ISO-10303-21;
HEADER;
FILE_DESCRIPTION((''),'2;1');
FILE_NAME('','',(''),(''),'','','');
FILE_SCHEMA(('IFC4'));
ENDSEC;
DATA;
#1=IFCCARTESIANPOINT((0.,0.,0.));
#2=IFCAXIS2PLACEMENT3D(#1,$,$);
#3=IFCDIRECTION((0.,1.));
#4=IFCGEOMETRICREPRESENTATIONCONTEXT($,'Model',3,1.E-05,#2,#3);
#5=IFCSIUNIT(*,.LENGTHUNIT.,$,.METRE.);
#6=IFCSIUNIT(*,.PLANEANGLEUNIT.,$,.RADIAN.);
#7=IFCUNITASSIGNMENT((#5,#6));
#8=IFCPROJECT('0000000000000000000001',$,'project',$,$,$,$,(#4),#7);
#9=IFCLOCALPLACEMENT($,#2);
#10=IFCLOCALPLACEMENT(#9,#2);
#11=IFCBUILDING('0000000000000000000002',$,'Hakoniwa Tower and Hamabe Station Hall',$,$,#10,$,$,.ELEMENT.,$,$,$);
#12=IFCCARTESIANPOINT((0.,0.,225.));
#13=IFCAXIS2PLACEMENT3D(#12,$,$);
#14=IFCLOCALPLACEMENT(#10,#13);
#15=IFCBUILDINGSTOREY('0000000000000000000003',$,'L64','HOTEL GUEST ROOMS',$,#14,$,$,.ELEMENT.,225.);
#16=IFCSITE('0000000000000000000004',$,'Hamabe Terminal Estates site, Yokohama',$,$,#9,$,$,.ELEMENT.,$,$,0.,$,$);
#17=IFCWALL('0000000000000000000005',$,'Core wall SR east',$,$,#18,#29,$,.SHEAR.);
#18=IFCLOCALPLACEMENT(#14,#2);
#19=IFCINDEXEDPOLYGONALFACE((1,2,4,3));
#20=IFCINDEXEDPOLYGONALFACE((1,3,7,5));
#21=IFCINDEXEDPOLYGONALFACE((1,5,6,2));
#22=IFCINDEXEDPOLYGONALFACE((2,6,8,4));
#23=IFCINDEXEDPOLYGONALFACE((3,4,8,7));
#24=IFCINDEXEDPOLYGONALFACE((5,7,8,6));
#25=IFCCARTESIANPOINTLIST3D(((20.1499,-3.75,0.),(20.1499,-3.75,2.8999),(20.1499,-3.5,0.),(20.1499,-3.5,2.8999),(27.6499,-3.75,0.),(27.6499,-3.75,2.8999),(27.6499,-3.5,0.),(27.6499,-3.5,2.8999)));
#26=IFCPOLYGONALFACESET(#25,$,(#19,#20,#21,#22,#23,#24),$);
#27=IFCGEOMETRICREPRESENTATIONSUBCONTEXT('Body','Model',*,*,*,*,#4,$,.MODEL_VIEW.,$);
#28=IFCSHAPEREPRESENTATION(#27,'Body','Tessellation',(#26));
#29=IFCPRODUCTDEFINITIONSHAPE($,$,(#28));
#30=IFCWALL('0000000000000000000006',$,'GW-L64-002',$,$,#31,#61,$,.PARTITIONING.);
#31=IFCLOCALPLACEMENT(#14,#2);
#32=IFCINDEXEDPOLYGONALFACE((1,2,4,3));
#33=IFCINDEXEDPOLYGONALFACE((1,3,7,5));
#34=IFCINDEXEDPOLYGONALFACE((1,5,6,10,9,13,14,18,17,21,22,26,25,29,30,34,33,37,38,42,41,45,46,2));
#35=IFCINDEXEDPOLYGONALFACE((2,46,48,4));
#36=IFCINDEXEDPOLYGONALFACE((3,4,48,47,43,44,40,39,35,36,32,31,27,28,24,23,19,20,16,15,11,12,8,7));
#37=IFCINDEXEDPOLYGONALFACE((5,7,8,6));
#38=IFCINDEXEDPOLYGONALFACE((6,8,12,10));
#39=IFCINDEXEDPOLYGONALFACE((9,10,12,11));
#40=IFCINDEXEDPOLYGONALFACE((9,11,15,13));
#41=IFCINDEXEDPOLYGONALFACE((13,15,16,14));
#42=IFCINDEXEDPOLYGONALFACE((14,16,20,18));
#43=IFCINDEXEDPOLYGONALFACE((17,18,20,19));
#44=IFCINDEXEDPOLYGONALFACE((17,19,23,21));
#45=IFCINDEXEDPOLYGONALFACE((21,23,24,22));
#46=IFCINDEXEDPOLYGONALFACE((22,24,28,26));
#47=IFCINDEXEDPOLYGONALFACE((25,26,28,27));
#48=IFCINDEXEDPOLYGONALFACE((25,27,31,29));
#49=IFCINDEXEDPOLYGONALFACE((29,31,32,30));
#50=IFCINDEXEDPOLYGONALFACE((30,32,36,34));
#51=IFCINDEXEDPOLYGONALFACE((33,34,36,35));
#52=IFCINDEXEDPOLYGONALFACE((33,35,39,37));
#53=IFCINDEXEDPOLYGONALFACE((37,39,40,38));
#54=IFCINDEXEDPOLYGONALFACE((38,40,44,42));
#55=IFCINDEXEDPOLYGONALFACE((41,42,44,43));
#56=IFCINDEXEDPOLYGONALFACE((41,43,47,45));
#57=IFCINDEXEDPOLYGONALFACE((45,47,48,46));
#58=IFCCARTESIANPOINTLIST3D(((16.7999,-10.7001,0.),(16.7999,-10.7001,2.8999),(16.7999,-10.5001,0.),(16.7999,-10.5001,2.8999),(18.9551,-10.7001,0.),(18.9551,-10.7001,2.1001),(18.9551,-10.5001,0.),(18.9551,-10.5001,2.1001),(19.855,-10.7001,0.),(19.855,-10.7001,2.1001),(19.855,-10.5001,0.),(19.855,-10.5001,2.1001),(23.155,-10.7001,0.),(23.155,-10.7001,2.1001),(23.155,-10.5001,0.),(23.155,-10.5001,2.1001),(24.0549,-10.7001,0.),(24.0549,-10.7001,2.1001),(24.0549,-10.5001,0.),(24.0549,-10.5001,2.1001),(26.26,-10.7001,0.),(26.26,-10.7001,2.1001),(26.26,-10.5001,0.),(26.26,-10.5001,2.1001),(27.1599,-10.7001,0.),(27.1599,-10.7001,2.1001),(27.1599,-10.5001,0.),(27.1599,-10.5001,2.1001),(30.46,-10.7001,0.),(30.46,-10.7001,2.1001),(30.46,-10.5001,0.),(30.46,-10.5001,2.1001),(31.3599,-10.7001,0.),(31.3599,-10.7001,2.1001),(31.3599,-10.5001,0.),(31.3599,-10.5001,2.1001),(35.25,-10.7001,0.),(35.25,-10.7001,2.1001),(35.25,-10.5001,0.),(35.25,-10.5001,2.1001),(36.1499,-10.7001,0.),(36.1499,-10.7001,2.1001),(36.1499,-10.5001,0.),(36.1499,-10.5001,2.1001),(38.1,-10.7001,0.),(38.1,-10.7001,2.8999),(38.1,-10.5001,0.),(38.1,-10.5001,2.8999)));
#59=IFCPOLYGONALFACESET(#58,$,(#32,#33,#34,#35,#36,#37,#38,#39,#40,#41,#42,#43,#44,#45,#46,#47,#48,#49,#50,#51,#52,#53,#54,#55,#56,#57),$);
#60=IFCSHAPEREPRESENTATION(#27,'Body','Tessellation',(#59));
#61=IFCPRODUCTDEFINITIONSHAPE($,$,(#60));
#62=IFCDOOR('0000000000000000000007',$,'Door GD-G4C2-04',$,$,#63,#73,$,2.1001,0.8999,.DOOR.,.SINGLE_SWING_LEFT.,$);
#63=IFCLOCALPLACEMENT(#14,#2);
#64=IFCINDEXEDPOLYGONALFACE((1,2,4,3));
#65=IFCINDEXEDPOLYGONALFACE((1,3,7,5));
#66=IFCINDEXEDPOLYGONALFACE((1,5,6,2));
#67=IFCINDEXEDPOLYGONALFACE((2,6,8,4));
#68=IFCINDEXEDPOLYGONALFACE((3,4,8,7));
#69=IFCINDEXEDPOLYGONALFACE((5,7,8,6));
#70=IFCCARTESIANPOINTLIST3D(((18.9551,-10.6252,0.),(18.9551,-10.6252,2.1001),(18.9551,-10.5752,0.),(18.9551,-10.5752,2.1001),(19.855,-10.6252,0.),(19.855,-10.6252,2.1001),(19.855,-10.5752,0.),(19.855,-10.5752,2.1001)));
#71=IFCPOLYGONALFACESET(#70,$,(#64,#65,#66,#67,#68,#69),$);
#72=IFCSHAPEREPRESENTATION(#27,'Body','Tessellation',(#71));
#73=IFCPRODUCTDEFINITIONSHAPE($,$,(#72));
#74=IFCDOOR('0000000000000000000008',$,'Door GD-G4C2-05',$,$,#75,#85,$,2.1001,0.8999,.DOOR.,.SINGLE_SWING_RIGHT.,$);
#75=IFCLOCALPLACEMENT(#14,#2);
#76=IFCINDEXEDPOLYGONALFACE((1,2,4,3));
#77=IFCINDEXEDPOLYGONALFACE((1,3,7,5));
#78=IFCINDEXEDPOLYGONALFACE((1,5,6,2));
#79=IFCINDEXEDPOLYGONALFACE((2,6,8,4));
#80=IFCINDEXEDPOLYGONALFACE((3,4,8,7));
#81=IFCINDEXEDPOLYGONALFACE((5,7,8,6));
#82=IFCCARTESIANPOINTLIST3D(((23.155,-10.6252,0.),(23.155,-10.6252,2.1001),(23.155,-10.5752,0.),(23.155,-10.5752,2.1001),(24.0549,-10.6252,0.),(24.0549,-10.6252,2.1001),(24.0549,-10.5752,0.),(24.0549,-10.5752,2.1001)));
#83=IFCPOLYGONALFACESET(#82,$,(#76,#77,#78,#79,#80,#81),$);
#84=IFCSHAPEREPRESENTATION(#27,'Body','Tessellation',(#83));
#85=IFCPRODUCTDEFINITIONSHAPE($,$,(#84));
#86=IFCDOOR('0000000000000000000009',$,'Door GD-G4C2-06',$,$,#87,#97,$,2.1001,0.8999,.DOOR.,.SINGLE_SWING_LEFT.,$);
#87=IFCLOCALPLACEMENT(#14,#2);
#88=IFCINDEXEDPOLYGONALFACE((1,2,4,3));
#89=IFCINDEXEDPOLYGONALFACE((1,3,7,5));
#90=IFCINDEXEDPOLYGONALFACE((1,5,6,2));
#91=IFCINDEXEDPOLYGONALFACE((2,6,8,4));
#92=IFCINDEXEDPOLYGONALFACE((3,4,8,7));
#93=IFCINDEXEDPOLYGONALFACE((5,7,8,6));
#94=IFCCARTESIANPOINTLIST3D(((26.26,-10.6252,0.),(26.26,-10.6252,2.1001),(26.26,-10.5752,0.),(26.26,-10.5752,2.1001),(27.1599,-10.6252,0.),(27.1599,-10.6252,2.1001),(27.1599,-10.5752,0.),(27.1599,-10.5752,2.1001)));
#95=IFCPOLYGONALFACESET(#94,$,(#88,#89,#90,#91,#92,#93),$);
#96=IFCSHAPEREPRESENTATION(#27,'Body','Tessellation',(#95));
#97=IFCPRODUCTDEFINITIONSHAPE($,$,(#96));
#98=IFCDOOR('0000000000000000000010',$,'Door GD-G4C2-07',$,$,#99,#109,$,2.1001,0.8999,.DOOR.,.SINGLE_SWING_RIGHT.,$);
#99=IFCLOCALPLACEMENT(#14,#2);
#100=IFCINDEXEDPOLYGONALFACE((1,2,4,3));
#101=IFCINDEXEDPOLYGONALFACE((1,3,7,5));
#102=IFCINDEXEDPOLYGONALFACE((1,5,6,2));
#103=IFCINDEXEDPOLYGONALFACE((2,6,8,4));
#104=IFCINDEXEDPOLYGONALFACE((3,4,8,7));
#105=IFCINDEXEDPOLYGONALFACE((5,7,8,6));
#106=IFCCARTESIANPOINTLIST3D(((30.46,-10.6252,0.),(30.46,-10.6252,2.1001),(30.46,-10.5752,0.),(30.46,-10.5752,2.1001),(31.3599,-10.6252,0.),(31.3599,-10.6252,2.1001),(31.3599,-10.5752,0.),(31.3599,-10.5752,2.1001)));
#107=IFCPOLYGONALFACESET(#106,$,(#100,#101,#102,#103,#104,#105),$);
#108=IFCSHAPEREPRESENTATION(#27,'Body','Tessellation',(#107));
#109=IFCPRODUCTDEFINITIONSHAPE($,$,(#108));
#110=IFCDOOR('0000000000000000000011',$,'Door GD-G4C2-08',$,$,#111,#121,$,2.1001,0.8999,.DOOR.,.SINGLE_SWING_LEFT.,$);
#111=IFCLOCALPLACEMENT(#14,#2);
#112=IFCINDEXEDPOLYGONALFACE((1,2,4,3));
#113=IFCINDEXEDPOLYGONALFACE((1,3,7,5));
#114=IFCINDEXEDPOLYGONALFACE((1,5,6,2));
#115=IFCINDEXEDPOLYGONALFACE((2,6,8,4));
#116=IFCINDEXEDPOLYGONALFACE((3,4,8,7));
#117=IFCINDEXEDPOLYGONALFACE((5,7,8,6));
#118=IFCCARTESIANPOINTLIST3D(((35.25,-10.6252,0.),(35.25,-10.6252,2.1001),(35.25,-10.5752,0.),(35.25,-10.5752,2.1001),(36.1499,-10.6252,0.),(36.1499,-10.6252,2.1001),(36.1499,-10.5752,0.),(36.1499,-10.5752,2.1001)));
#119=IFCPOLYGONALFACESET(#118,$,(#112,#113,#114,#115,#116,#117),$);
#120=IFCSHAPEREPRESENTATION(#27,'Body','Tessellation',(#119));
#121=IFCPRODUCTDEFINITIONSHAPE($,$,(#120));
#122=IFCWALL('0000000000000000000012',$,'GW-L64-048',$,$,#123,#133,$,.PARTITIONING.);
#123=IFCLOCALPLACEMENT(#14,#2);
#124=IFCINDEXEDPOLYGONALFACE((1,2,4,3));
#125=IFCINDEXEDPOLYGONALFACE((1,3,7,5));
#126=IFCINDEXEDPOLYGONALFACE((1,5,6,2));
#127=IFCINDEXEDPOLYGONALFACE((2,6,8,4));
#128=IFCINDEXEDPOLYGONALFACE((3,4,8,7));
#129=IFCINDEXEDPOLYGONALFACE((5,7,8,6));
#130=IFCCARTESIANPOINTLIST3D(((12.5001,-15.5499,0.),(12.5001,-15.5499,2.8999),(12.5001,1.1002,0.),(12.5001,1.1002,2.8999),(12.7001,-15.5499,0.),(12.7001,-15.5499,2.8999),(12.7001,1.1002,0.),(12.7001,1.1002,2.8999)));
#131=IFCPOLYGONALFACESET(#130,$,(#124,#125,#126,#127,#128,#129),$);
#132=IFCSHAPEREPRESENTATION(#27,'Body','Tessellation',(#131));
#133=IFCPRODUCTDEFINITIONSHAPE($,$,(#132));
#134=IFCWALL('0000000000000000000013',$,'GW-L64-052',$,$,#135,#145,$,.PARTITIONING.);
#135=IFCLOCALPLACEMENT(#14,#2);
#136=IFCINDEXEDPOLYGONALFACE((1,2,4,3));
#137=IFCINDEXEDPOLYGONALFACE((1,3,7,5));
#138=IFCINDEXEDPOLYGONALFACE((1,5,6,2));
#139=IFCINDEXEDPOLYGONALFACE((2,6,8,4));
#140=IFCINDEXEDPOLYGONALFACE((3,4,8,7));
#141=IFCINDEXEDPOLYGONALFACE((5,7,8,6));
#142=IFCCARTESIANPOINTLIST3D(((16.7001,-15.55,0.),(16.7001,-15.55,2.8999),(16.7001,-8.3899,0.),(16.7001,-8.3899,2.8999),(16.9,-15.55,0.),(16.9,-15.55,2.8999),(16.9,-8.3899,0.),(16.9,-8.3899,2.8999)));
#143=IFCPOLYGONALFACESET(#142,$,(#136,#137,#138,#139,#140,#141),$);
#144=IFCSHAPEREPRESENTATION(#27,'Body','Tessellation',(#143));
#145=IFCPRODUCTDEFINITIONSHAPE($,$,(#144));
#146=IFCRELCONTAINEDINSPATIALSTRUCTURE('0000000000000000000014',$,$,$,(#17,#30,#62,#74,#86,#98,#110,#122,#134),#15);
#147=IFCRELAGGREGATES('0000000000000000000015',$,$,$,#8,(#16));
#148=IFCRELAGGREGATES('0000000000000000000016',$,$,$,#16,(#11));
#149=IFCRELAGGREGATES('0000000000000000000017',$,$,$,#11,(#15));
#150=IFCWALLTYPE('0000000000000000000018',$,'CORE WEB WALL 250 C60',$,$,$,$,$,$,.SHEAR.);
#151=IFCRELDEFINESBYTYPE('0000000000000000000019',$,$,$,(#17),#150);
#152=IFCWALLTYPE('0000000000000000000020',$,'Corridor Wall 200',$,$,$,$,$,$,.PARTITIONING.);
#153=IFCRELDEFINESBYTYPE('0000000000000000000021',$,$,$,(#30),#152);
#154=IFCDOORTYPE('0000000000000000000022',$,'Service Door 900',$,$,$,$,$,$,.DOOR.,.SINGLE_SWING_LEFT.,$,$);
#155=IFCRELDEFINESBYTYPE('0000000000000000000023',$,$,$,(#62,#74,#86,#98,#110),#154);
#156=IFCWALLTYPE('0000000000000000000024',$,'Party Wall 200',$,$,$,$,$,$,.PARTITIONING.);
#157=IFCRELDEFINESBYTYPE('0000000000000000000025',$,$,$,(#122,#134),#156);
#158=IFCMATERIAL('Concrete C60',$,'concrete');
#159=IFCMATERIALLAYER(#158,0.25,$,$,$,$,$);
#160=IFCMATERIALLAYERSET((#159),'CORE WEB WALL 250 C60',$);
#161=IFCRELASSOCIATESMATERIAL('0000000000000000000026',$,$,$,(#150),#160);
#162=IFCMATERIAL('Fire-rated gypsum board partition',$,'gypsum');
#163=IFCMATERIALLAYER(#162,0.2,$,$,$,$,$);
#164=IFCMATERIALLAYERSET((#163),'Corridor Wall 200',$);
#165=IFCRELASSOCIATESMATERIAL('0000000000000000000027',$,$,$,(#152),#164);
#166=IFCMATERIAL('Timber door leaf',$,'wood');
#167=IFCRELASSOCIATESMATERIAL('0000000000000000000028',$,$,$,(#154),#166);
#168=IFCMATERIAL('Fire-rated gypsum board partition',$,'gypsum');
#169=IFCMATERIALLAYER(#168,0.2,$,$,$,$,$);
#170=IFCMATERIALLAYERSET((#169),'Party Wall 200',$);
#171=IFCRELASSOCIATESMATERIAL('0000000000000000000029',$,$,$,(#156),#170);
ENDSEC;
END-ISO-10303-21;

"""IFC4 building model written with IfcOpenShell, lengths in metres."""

from ifc_helpers import new_model, si_unit, direction, frame, frame_2d, origin, place, context, subcontext, project, spatial, rectangle, extrude, material, layer, layer_set, type_object, element, fill, save


model = new_model("IFC4")

# Units and contexts
model_context = context("Model", 3, precision=1e-05, world=origin(), true_north=direction((0.0, 1.0)))
body_context = subcontext(model_context, "Body", "Model", "MODEL_VIEW")
ifc_project = project(units=[si_unit("LENGTHUNIT", "METRE"), si_unit("PLANEANGLEUNIT", "RADIAN")], contexts=[model_context])

# Site, building, storey
site_placement = place(None, origin())
site = spatial("IfcSite", under=ifc_project, at=site_placement, Name="Hamabe Terminal Estates site, Yokohama", CompositionType="ELEMENT", RefElevation=0.0)
building_placement = place(site_placement, origin())
building = spatial("IfcBuilding", under=site, at=building_placement, Name="Hakoniwa Tower and Hamabe Station Hall", CompositionType="ELEMENT")
storey_placement = place(building_placement, frame((0.0, 0.0, 225.0)))
storey = spatial("IfcBuildingStorey", under=building, at=storey_placement, Name="L64", Description="HOTEL GUEST ROOMS", CompositionType="ELEMENT", Elevation=225.0)

# Shared definitions
ifc_material_1 = material(Name="Concrete C60", Category="concrete")
ifc_layer_1 = layer(ifc_material_1, 0.25)
ifc_layer_set_1 = layer_set([ifc_layer_1], Name="CORE WEB WALL 250 C60")
wall_type_1 = type_object("IfcWallType", Name="CORE WEB WALL 250 C60", PredefinedType="SHEAR", material=ifc_layer_set_1)

# Wall
wall_1_placement = place(storey_placement, frame((20.1499, -3.625, 0.0), z_axis=(0.0, 0.0, 1.0), x_axis=(1.0, 0.0, 0.0)))
element("IfcWall", 1, at=wall_1_placement, inside=storey, type_object=wall_type_1, Name="Core wall SR east", PredefinedType="SHEAR", context=body_context, shape_type="SweptSolid", body=[
    extrude(rectangle(XDim=7.5, YDim=0.25, at=frame_2d((3.75, 0.0))), origin(), (0.0, 0.0, 1.0), 2.8999),
])

# Wall, openings, doors
ifc_material_2 = material(Name="Fire-rated gypsum board partition", Category="gypsum")
ifc_layer_2 = layer(ifc_material_2, 0.2)
ifc_layer_set_2 = layer_set([ifc_layer_2], Name="Corridor Wall 200")
wall_type_2 = type_object("IfcWallType", Name="Corridor Wall 200", PredefinedType="PARTITIONING", material=ifc_layer_set_2)
wall_2_placement = place(storey_placement, frame((16.8, -10.6001, 0.0), z_axis=(0.0, 0.0, 1.0), x_axis=(1.0, 0.0, 0.0)))
wall_2 = element("IfcWall", 2, at=wall_2_placement, inside=storey, type_object=wall_type_2, Name="GW-L64-002", PredefinedType="PARTITIONING", context=body_context, shape_type="SweptSolid", body=[
    extrude(rectangle(XDim=21.3, YDim=0.2, at=frame_2d((10.6499, 0.0))), origin(), (0.0, 0.0, 1.0), 2.8999),
])
opening_1_placement = place(wall_2_placement, frame((2.155, 0.0, 0.0)))
opening_1 = element("IfcOpeningElement", 3, at=opening_1_placement, cuts=wall_2, PredefinedType="OPENING", context=body_context, shape_type="SweptSolid", body=[
    extrude(rectangle(XDim=0.8999, YDim=2.1001, at=frame_2d((0.45, 1.05))), frame((0.0, 0.1099, 0.0), z_axis=(0.0, -1.0, 0.0), x_axis=(1.0, 0.0, 0.0)), (0.0, 0.0, 1.0), 0.22),
])
opening_2_placement = place(wall_2_placement, frame((6.355, 0.0, 0.0)))
opening_2 = element("IfcOpeningElement", 4, at=opening_2_placement, cuts=wall_2, PredefinedType="OPENING", context=body_context, shape_type="SweptSolid", body=[
    extrude(rectangle(XDim=0.8999, YDim=2.1001, at=frame_2d((0.45, 1.05))), frame((0.0, 0.1099, 0.0), z_axis=(0.0, -1.0, 0.0), x_axis=(1.0, 0.0, 0.0)), (0.0, 0.0, 1.0), 0.22),
])
opening_3_placement = place(wall_2_placement, frame((9.46, 0.0, 0.0)))
opening_3 = element("IfcOpeningElement", 5, at=opening_3_placement, cuts=wall_2, PredefinedType="OPENING", context=body_context, shape_type="SweptSolid", body=[
    extrude(rectangle(XDim=0.8999, YDim=2.1001, at=frame_2d((0.45, 1.05))), frame((0.0, 0.1099, 0.0), z_axis=(0.0, -1.0, 0.0), x_axis=(1.0, 0.0, 0.0)), (0.0, 0.0, 1.0), 0.22),
])
opening_4_placement = place(wall_2_placement, frame((13.6599, 0.0, 0.0)))
opening_4 = element("IfcOpeningElement", 6, at=opening_4_placement, cuts=wall_2, PredefinedType="OPENING", context=body_context, shape_type="SweptSolid", body=[
    extrude(rectangle(XDim=0.8999, YDim=2.1001, at=frame_2d((0.45, 1.05))), frame((0.0, 0.1099, 0.0), z_axis=(0.0, -1.0, 0.0), x_axis=(1.0, 0.0, 0.0)), (0.0, 0.0, 1.0), 0.22),
])
opening_5_placement = place(wall_2_placement, frame((18.45, 0.0, 0.0)))
opening_5 = element("IfcOpeningElement", 7, at=opening_5_placement, cuts=wall_2, PredefinedType="OPENING", context=body_context, shape_type="SweptSolid", body=[
    extrude(rectangle(XDim=0.8999, YDim=2.1001, at=frame_2d((0.45, 1.05))), frame((0.0, 0.1099, 0.0), z_axis=(0.0, -1.0, 0.0), x_axis=(1.0, 0.0, 0.0)), (0.0, 0.0, 1.0), 0.22),
])
ifc_material_3 = material(Name="Timber door leaf", Category="wood")
door_type_1 = type_object("IfcDoorType", Name="Service Door 900", OperationType="SINGLE_SWING_LEFT", PredefinedType="DOOR", material=ifc_material_3)
door_1_placement = place(opening_1_placement, origin())
door_1 = element("IfcDoor", 8, at=door_1_placement, inside=storey, type_object=door_type_1, Name="Door GD-G4C2-04", OperationType="SINGLE_SWING_LEFT", OverallHeight=2.1001, OverallWidth=0.8999, PredefinedType="DOOR", context=body_context, shape_type="SweptSolid", body=[
    extrude(rectangle(XDim=0.8999, YDim=2.1001, at=frame_2d((0.45, 1.05))), frame((0.0, 0.0249, 0.0), z_axis=(0.0, -1.0, 0.0), x_axis=(1.0, 0.0, 0.0)), (0.0, 0.0, 1.0), 0.05),
])
fill(opening_1, door_1)
door_2_placement = place(opening_2_placement, origin())
door_2 = element("IfcDoor", 9, at=door_2_placement, inside=storey, type_object=door_type_1, Name="Door GD-G4C2-05", OperationType="SINGLE_SWING_RIGHT", OverallHeight=2.1001, OverallWidth=0.8999, PredefinedType="DOOR", context=body_context, shape_type="SweptSolid", body=[
    extrude(rectangle(XDim=0.8999, YDim=2.1001, at=frame_2d((0.45, 1.05))), frame((0.0, 0.0249, 0.0), z_axis=(0.0, -1.0, 0.0), x_axis=(1.0, 0.0, 0.0)), (0.0, 0.0, 1.0), 0.05),
])
fill(opening_2, door_2)
door_3_placement = place(opening_3_placement, origin())
door_3 = element("IfcDoor", 10, at=door_3_placement, inside=storey, type_object=door_type_1, Name="Door GD-G4C2-06", OperationType="SINGLE_SWING_LEFT", OverallHeight=2.1001, OverallWidth=0.8999, PredefinedType="DOOR", context=body_context, shape_type="SweptSolid", body=[
    extrude(rectangle(XDim=0.8999, YDim=2.1001, at=frame_2d((0.45, 1.05))), frame((0.0, 0.0249, 0.0), z_axis=(0.0, -1.0, 0.0), x_axis=(1.0, 0.0, 0.0)), (0.0, 0.0, 1.0), 0.05),
])
fill(opening_3, door_3)
door_4_placement = place(opening_4_placement, origin())
door_4 = element("IfcDoor", 11, at=door_4_placement, inside=storey, type_object=door_type_1, Name="Door GD-G4C2-07", OperationType="SINGLE_SWING_RIGHT", OverallHeight=2.1001, OverallWidth=0.8999, PredefinedType="DOOR", context=body_context, shape_type="SweptSolid", body=[
    extrude(rectangle(XDim=0.8999, YDim=2.1001, at=frame_2d((0.45, 1.05))), frame((0.0, 0.0249, 0.0), z_axis=(0.0, -1.0, 0.0), x_axis=(1.0, 0.0, 0.0)), (0.0, 0.0, 1.0), 0.05),
])
fill(opening_4, door_4)
door_5_placement = place(opening_5_placement, origin())
door_5 = element("IfcDoor", 12, at=door_5_placement, inside=storey, type_object=door_type_1, Name="Door GD-G4C2-08", OperationType="SINGLE_SWING_LEFT", OverallHeight=2.1001, OverallWidth=0.8999, PredefinedType="DOOR", context=body_context, shape_type="SweptSolid", body=[
    extrude(rectangle(XDim=0.8999, YDim=2.1001, at=frame_2d((0.45, 1.05))), frame((0.0, 0.0249, 0.0), z_axis=(0.0, -1.0, 0.0), x_axis=(1.0, 0.0, 0.0)), (0.0, 0.0, 1.0), 0.05),
])
fill(opening_5, door_5)

# Walls
ifc_material_4 = material(Name="Fire-rated gypsum board partition", Category="gypsum")
ifc_layer_3 = layer(ifc_material_4, 0.2)
ifc_layer_set_3 = layer_set([ifc_layer_3], Name="Party Wall 200")
wall_type_3 = type_object("IfcWallType", Name="Party Wall 200", PredefinedType="PARTITIONING", material=ifc_layer_set_3)
wall_3_placement = place(storey_placement, frame((12.6001, -15.55, 0.0), z_axis=(0.0, 0.0, 1.0), x_axis=(0.0, 1.0, 0.0)))
element("IfcWall", 13, at=wall_3_placement, inside=storey, type_object=wall_type_3, Name="GW-L64-048", PredefinedType="PARTITIONING", context=body_context, shape_type="SweptSolid", body=[
    extrude(rectangle(XDim=16.6501, YDim=0.2, at=frame_2d((8.3252, 0.0))), origin(), (0.0, 0.0, 1.0), 2.8999),
])
wall_4_placement = place(storey_placement, frame((16.8, -15.55, 0.0), z_axis=(0.0, 0.0, 1.0), x_axis=(0.0, 1.0, 0.0)))
element("IfcWall", 14, at=wall_4_placement, inside=storey, type_object=wall_type_3, Name="GW-L64-052", PredefinedType="PARTITIONING", context=body_context, shape_type="SweptSolid", body=[
    extrude(rectangle(XDim=7.1602, YDim=0.2, at=frame_2d((3.5801, 0.0))), origin(), (0.0, 0.0, 1.0), 2.8999),
])

save(model, "model.ifc")
